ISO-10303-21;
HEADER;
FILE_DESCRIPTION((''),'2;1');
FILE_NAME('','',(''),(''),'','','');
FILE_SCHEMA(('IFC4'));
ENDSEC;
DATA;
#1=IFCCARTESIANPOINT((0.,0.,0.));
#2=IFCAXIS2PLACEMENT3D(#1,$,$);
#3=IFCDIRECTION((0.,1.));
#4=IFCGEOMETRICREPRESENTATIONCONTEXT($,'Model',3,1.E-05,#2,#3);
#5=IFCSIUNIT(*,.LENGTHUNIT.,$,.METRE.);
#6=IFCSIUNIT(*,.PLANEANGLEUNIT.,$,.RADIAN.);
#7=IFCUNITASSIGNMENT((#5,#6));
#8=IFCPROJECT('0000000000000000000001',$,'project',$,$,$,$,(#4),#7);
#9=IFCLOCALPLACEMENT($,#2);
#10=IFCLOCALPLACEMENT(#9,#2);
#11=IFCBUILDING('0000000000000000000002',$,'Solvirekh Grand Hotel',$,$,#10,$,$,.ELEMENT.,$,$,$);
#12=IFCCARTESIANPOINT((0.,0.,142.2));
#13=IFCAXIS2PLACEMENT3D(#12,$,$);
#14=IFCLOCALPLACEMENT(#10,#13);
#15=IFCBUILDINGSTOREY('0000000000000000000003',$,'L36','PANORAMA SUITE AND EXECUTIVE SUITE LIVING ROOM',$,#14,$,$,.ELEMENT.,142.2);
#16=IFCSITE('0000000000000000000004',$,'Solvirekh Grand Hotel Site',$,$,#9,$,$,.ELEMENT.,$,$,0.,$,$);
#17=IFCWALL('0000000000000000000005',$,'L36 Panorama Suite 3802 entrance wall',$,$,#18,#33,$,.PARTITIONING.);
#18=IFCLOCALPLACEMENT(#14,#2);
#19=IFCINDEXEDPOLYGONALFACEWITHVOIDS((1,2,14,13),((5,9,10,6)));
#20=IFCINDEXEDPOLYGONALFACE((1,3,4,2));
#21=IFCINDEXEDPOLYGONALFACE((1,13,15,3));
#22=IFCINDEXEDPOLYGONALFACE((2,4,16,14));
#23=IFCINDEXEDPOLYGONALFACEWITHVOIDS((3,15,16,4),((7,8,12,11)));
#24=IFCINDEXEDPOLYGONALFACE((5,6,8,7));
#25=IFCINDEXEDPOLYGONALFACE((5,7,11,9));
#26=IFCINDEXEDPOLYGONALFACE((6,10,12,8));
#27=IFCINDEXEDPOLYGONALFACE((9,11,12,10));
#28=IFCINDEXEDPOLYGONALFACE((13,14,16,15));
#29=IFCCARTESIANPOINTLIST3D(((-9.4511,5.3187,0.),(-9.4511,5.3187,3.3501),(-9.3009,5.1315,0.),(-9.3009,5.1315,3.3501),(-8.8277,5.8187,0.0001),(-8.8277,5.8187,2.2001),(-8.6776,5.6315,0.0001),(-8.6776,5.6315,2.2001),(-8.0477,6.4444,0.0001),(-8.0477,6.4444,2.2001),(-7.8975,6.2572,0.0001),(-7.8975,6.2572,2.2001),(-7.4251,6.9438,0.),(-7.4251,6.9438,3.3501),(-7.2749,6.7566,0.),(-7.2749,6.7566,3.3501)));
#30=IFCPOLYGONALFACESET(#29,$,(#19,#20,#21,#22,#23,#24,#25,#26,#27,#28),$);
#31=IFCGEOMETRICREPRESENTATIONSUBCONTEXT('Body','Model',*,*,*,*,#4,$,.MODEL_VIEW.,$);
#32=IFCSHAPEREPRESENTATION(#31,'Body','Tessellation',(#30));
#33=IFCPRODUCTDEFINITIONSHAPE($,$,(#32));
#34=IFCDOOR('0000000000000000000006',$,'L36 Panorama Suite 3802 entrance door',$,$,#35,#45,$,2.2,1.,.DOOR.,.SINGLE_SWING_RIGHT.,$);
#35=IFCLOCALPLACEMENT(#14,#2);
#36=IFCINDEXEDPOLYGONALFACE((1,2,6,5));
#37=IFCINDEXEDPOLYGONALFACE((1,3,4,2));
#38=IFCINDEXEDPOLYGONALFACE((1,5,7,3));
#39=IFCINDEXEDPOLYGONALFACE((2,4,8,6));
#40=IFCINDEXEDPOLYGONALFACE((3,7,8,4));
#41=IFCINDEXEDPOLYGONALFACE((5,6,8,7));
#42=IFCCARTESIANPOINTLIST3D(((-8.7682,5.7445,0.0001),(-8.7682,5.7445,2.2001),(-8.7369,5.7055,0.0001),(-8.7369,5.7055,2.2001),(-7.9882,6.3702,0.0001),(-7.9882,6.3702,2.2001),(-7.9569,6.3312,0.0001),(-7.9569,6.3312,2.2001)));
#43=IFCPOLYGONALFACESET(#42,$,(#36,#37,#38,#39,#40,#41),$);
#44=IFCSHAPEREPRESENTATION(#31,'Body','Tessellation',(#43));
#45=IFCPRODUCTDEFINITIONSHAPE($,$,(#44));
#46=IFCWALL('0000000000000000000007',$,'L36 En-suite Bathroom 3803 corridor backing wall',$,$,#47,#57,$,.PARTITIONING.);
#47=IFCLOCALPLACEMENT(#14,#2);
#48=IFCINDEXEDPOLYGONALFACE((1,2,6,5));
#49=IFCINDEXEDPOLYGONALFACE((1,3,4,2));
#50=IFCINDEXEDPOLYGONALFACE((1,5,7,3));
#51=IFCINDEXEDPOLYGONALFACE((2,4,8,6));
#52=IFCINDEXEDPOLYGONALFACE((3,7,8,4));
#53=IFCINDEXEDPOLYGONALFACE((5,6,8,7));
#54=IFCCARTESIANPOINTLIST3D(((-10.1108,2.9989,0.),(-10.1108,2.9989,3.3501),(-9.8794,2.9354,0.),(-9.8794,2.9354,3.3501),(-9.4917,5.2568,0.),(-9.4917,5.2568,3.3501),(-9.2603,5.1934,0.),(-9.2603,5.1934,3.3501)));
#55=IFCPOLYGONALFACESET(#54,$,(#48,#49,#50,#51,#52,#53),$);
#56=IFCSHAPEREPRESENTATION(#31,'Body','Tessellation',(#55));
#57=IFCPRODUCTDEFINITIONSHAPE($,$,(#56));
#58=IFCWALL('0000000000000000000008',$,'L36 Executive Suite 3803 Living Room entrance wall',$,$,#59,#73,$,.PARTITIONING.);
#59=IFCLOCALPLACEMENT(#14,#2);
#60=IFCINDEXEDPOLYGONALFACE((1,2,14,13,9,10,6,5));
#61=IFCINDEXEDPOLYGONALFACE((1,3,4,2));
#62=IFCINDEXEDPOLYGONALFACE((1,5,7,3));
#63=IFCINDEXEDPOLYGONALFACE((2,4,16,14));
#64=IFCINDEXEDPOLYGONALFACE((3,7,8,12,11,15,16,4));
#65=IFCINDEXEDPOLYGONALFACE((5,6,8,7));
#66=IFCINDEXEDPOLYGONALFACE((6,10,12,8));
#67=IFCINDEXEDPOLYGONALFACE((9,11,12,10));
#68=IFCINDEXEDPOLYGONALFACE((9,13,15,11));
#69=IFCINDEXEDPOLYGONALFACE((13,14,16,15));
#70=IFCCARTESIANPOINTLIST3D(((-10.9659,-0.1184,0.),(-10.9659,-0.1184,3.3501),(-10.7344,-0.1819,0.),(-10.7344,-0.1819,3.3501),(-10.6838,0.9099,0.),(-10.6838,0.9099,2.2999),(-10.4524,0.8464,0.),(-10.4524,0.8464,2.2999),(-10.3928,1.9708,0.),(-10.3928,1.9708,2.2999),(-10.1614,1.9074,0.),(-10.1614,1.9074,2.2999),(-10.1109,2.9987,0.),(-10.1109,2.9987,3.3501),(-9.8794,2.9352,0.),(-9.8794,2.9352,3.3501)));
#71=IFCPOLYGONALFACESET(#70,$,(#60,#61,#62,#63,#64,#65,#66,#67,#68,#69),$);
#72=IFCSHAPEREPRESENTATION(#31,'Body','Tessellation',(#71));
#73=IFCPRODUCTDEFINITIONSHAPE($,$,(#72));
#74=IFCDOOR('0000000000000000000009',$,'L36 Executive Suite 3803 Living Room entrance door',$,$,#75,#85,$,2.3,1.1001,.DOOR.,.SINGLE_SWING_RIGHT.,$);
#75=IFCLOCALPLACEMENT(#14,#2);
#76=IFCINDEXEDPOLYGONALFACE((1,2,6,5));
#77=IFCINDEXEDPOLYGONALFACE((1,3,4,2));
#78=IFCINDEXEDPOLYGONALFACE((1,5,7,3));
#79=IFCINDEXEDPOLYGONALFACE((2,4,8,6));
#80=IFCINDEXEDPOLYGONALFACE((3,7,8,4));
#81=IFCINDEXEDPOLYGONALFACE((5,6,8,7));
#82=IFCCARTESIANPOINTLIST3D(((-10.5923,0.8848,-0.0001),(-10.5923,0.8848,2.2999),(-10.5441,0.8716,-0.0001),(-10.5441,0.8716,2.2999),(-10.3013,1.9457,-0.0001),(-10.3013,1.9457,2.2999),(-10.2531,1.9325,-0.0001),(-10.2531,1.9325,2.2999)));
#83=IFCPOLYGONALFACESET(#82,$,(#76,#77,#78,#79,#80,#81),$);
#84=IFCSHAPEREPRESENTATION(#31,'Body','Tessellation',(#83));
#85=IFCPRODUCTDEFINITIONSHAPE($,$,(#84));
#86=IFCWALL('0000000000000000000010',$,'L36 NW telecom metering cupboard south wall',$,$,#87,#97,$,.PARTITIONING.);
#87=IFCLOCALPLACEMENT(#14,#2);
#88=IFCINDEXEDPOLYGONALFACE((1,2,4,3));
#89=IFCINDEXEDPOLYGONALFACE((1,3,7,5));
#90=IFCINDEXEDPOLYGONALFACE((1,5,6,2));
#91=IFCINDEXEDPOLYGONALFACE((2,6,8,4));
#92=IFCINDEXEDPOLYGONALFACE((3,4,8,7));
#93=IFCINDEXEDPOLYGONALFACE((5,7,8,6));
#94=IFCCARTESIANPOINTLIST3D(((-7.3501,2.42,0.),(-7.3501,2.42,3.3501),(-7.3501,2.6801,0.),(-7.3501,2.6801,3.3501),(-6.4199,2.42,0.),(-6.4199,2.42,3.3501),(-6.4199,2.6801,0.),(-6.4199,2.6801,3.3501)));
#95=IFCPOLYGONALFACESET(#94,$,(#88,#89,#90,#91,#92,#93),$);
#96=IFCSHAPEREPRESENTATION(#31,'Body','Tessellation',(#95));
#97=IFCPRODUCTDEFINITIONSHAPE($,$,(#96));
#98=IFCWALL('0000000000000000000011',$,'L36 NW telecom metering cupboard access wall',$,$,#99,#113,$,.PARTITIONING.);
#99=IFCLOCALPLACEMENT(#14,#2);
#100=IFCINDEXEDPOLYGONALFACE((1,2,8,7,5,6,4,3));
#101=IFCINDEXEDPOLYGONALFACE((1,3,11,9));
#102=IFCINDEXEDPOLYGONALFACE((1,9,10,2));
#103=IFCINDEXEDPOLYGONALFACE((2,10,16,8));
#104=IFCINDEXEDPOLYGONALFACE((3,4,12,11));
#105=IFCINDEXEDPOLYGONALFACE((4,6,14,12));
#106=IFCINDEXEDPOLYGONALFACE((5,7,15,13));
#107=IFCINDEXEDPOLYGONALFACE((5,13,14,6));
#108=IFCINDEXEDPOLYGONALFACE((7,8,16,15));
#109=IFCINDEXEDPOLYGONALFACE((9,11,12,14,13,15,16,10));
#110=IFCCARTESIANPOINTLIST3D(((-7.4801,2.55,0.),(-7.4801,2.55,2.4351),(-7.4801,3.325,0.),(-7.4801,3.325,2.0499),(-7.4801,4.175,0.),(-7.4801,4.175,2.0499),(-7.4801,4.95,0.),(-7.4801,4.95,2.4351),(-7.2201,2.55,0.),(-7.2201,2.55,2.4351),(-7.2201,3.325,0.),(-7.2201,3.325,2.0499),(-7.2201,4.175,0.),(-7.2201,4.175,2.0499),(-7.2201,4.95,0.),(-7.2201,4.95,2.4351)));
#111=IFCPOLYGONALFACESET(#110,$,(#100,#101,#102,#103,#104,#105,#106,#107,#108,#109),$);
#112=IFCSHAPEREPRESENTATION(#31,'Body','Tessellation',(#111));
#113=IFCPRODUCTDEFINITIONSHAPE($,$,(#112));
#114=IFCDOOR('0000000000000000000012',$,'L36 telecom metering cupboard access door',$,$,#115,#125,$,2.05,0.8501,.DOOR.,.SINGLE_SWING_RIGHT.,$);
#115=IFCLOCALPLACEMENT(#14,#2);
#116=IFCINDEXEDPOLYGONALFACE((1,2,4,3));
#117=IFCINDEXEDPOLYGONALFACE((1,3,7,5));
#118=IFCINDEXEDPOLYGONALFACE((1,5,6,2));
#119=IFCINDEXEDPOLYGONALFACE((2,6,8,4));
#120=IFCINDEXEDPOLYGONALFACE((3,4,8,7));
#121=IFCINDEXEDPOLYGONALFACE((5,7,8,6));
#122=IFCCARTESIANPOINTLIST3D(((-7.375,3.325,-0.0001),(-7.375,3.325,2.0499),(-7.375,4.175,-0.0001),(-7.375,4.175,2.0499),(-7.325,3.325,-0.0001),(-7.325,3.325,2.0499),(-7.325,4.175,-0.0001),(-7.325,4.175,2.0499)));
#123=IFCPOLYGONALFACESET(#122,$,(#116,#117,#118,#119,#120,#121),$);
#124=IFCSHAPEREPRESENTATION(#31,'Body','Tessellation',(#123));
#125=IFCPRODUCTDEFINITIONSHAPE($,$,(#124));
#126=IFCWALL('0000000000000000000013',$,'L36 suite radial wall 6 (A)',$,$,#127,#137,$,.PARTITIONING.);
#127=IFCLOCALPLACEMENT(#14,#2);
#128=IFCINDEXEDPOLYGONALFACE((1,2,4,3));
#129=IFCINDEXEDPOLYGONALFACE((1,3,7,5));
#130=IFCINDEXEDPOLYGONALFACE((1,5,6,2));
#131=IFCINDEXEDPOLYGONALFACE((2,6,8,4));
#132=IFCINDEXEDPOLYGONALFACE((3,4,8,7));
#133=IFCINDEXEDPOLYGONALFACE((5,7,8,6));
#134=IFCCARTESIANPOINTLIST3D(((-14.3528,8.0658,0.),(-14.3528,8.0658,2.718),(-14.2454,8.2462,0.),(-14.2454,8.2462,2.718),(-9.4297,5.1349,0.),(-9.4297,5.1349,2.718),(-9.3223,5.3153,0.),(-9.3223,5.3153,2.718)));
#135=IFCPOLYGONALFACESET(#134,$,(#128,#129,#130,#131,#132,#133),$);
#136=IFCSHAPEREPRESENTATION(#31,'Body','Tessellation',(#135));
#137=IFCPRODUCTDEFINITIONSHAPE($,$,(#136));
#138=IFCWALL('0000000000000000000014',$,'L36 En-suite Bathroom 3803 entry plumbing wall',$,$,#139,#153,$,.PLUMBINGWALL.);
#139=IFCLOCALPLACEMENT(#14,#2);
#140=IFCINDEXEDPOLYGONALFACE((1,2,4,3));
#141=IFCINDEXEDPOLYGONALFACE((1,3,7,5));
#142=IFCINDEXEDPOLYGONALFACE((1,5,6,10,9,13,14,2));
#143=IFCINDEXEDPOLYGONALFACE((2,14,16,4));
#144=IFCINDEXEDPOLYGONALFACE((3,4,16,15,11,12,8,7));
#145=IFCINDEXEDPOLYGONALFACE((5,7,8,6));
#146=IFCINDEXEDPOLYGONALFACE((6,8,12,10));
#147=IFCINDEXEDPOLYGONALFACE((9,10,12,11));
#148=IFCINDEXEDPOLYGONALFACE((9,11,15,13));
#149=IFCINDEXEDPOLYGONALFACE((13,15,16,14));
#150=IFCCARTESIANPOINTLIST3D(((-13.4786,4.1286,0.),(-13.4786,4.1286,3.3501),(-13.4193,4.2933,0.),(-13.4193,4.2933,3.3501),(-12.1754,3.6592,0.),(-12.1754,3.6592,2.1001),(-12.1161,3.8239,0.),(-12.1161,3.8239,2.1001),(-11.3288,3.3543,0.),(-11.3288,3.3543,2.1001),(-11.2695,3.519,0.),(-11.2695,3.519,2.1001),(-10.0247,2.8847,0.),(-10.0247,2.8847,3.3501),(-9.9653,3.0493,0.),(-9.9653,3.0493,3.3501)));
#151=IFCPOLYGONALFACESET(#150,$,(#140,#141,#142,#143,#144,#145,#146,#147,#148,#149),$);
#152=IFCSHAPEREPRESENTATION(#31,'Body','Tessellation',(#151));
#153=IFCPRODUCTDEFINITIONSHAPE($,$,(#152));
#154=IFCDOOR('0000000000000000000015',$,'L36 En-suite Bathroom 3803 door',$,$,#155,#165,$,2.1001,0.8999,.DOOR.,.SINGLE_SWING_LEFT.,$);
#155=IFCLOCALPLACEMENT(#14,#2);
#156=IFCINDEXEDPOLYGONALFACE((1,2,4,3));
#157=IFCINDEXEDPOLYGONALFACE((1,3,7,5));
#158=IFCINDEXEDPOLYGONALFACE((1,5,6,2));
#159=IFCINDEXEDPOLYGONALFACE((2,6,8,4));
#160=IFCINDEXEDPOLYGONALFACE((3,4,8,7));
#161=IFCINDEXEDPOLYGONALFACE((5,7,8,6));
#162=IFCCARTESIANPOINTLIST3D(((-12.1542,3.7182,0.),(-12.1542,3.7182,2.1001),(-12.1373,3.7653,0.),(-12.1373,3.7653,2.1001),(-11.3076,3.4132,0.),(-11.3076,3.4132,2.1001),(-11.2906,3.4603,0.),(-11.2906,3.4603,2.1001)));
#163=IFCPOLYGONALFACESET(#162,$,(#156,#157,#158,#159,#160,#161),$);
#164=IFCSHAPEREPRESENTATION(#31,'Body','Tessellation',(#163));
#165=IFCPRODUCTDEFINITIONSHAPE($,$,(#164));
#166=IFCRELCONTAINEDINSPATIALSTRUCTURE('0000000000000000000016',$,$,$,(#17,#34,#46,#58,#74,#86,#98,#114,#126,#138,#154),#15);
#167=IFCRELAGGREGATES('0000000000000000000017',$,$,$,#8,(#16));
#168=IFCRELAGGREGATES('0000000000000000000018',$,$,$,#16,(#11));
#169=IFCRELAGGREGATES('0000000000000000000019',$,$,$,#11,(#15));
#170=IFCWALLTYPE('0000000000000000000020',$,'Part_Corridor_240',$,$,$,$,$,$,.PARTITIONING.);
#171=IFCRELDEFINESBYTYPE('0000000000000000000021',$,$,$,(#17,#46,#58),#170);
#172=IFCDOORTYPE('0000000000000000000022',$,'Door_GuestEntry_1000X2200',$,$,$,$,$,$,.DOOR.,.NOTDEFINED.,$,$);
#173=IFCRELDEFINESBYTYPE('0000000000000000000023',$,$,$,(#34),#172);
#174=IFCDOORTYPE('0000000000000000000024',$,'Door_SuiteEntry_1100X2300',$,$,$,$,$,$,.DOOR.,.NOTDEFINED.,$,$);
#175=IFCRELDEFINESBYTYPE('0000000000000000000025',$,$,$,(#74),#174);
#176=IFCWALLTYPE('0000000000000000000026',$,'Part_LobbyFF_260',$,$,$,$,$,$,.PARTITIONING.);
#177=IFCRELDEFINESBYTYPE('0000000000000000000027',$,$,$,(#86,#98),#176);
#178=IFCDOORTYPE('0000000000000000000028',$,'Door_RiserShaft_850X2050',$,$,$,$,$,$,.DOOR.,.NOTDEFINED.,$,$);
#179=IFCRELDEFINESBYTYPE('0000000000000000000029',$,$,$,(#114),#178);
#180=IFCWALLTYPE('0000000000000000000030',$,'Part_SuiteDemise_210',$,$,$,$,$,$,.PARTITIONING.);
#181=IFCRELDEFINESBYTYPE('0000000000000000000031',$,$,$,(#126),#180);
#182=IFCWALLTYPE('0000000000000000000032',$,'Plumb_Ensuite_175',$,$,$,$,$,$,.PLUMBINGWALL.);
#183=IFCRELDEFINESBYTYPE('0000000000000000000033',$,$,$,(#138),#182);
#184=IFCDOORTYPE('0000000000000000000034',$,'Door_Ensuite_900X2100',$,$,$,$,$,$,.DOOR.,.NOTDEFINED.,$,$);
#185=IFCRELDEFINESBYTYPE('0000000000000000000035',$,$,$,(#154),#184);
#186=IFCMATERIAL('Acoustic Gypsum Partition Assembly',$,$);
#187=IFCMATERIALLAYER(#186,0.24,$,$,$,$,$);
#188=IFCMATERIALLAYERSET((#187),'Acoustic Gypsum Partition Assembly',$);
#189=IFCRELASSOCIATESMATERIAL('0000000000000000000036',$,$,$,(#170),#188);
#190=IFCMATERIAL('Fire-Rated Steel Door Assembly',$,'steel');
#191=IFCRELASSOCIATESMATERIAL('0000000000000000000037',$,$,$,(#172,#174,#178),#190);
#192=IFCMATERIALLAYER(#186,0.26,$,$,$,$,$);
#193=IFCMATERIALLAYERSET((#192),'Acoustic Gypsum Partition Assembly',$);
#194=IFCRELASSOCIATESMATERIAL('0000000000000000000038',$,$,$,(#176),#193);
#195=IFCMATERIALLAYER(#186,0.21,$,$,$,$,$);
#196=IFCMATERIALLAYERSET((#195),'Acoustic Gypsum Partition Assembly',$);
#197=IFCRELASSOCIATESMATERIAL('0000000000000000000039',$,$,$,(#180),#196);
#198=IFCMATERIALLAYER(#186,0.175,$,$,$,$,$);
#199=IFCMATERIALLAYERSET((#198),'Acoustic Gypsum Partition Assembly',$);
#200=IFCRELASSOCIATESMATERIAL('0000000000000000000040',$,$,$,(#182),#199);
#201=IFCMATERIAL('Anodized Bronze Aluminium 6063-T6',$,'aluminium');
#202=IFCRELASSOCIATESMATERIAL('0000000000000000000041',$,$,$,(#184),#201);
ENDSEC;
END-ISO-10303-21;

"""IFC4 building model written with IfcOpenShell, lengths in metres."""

from ifc_helpers import new_model, si_unit, direction, frame, frame_2d, origin, place, context, subcontext, project, spatial, rectangle, extrude, material, layer, layer_set, type_object, element, fill, save


model = new_model("IFC4")

# Units and contexts
model_context = context("Model", 3, precision=1e-05, world=origin(), true_north=direction((0.0, 1.0)))
body_context = subcontext(model_context, "Body", "Model", "MODEL_VIEW")
ifc_project = project(units=[si_unit("LENGTHUNIT", "METRE"), si_unit("PLANEANGLEUNIT", "RADIAN")], contexts=[model_context])

# Site, building, storey
site_placement = place(None, origin())
site = spatial("IfcSite", under=ifc_project, at=site_placement, Name="Solvirekh Grand Hotel Site", CompositionType="ELEMENT", RefElevation=0.0)
building_placement = place(site_placement, origin())
building = spatial("IfcBuilding", under=site, at=building_placement, Name="Solvirekh Grand Hotel", CompositionType="ELEMENT")
storey_placement = place(building_placement, frame((0.0, 0.0, 142.2)))
storey = spatial("IfcBuildingStorey", under=building, at=storey_placement, Name="L36", Description="PANORAMA SUITE AND EXECUTIVE SUITE LIVING ROOM", CompositionType="ELEMENT", Elevation=142.2)

# Shared definitions
ifc_material_1 = material(Name="Anodized Bronze Aluminium 6063-T6", Category="aluminium")

# Wall, opening, door
ifc_material_2 = material(Name="Acoustic Gypsum Partition Assembly")
ifc_layer_1 = layer(ifc_material_2, 0.24)
ifc_layer_set_1 = layer_set([ifc_layer_1], Name="Acoustic Gypsum Partition Assembly")
wall_type_1 = type_object("IfcWallType", Name="Part_Corridor_240", PredefinedType="PARTITIONING", material=ifc_layer_set_1)
wall_1_placement = place(storey_placement, frame((-9.376, 5.2251, 0.0), z_axis=(0.0, 0.0, 1.0), x_axis=(0.780061, 0.625703, 0.0)))
wall_1 = element("IfcWall", 1, at=wall_1_placement, inside=storey, type_object=wall_type_1, Name="L36 Panorama Suite 3802 entrance wall", PredefinedType="PARTITIONING", context=body_context, shape_type="SweptSolid", body=[
    extrude(rectangle(XDim=2.5972, YDim=0.24, at=frame_2d((1.2986, 0.0))), origin(), (0.0, 0.0, 1.0), 3.3501),
])
opening_1_placement = place(wall_1_placement, frame((0.7991, 0.0, 0.0)))
opening_1 = element("IfcOpeningElement", 2, at=opening_1_placement, cuts=wall_1, PredefinedType="OPENING", context=body_context, shape_type="SweptSolid", body=[
    extrude(rectangle(XDim=1.0, YDim=2.2, at=frame_2d((0.5, 1.1001))), frame((0.0, 0.1299, 0.0), z_axis=(0.0, -1.0, 0.0), x_axis=(1.0, 0.0, 0.0)), (0.0, 0.0, 1.0), 0.26),
])
ifc_material_3 = material(Name="Fire-Rated Steel Door Assembly", Category="steel")
door_type_1 = type_object("IfcDoorType", Name="Door_GuestEntry_1000X2200", OperationType="NOTDEFINED", PredefinedType="DOOR", material=ifc_material_3)
door_1_placement = place(opening_1_placement, origin())
door_1 = element("IfcDoor", 3, at=door_1_placement, inside=storey, type_object=door_type_1, Name="L36 Panorama Suite 3802 entrance door", OperationType="SINGLE_SWING_RIGHT", OverallHeight=2.2, OverallWidth=1.0, PredefinedType="DOOR", context=body_context, shape_type="SweptSolid", body=[
    extrude(rectangle(XDim=1.0, YDim=2.2, at=frame_2d((0.5, 1.1001))), frame((0.0, 0.0249, 0.0), z_axis=(0.0, -1.0, 0.0), x_axis=(1.0, 0.0, 0.0)), (0.0, 0.0, 1.0), 0.05),
])
fill(opening_1, door_1)

# Wall
wall_2_placement = place(storey_placement, frame((-9.376, 5.2251, 0.0), z_axis=(0.0, 0.0, 1.0), x_axis=(-0.264432, -0.964404, 0.0)))
element("IfcWall", 4, at=wall_2_placement, inside=storey, type_object=wall_type_1, Name="L36 En-suite Bathroom 3803 corridor backing wall", PredefinedType="PARTITIONING", context=body_context, shape_type="SweptSolid", body=[
    extrude(rectangle(XDim=2.3413, YDim=0.24, at=frame_2d((1.1707, 0.0))), origin(), (0.0, 0.0, 1.0), 3.3501),
])

# Wall, opening, door
wall_3_placement = place(storey_placement, frame((-9.9951, 2.967, 0.0), z_axis=(0.0, 0.0, 1.0), x_axis=(-0.26453, -0.964378, 0.0)))
wall_3 = element("IfcWall", 5, at=wall_3_placement, inside=storey, type_object=wall_type_1, Name="L36 Executive Suite 3803 Living Room entrance wall", PredefinedType="PARTITIONING", context=body_context, shape_type="SweptSolid", body=[
    extrude(rectangle(XDim=3.2322, YDim=0.24, at=frame_2d((1.6162, 0.0))), origin(), (0.0, 0.0, 1.0), 3.3501),
])
opening_2_placement = place(wall_3_placement, frame((1.0659, 0.0, 0.0)))
opening_2 = element("IfcOpeningElement", 6, at=opening_2_placement, cuts=wall_3, PredefinedType="OPENING", context=body_context, shape_type="SweptSolid", body=[
    extrude(rectangle(XDim=1.1001, YDim=2.3, at=frame_2d((0.55, 1.1499))), frame((0.0, 0.1299, 0.0), z_axis=(0.0, -1.0, 0.0), x_axis=(1.0, 0.0, 0.0)), (0.0, 0.0, 1.0), 0.26),
])
door_type_2 = type_object("IfcDoorType", Name="Door_SuiteEntry_1100X2300", OperationType="NOTDEFINED", PredefinedType="DOOR", material=ifc_material_3)
door_2_placement = place(opening_2_placement, origin())
door_2 = element("IfcDoor", 7, at=door_2_placement, inside=storey, type_object=door_type_2, Name="L36 Executive Suite 3803 Living Room entrance door", OperationType="SINGLE_SWING_RIGHT", OverallHeight=2.3, OverallWidth=1.1001, PredefinedType="DOOR", context=body_context, shape_type="SweptSolid", body=[
    extrude(rectangle(XDim=1.1001, YDim=2.3, at=frame_2d((0.55, 1.1499))), frame((0.0, 0.0249, 0.0), z_axis=(0.0, -1.0, 0.0), x_axis=(1.0, 0.0, 0.0)), (0.0, 0.0, 1.0), 0.05),
])
fill(opening_2, door_2)

# Wall
ifc_layer_2 = layer(ifc_material_2, 0.26)
ifc_layer_set_2 = layer_set([ifc_layer_2], Name="Acoustic Gypsum Partition Assembly")
wall_type_2 = type_object("IfcWallType", Name="Part_LobbyFF_260", PredefinedType="PARTITIONING", material=ifc_layer_set_2)
wall_4_placement = place(storey_placement, frame((-7.3501, 2.55, 0.0), z_axis=(0.0, 0.0, 1.0), x_axis=(1.0, 0.0, 0.0)))
element("IfcWall", 8, at=wall_4_placement, inside=storey, type_object=wall_type_2, Name="L36 NW telecom metering cupboard south wall", PredefinedType="PARTITIONING", context=body_context, shape_type="SweptSolid", body=[
    extrude(rectangle(XDim=0.9302, YDim=0.26, at=frame_2d((0.4651, 0.0))), origin(), (0.0, 0.0, 1.0), 3.3501),
])

# Wall, opening, door
wall_5_placement = place(storey_placement, frame((-7.3501, 2.55, 0.0), z_axis=(0.0, 0.0, 1.0), x_axis=(0.0, 1.0, 0.0)))
wall_5 = element("IfcWall", 9, at=wall_5_placement, inside=storey, type_object=wall_type_2, Name="L36 NW telecom metering cupboard access wall", PredefinedType="PARTITIONING", context=body_context, shape_type="SweptSolid", body=[
    extrude(rectangle(XDim=2.3999, YDim=0.26, at=frame_2d((1.2, 0.0))), origin(), (0.0, 0.0, 1.0), 2.4351),
])
opening_3_placement = place(wall_5_placement, frame((0.7749, 0.0, 0.0)))
opening_3 = element("IfcOpeningElement", 10, at=opening_3_placement, cuts=wall_5, PredefinedType="OPENING", context=body_context, shape_type="SweptSolid", body=[
    extrude(rectangle(XDim=0.8501, YDim=2.05, at=frame_2d((0.425, 1.0249))), frame((0.0, 0.1401, 0.0), z_axis=(0.0, -1.0, 0.0), x_axis=(1.0, 0.0, 0.0)), (0.0, 0.0, 1.0), 0.28),
])
door_type_3 = type_object("IfcDoorType", Name="Door_RiserShaft_850X2050", OperationType="NOTDEFINED", PredefinedType="DOOR", material=ifc_material_3)
door_3_placement = place(opening_3_placement, origin())
door_3 = element("IfcDoor", 11, at=door_3_placement, inside=storey, type_object=door_type_3, Name="L36 telecom metering cupboard access door", OperationType="SINGLE_SWING_RIGHT", OverallHeight=2.05, OverallWidth=0.8501, PredefinedType="DOOR", context=body_context, shape_type="SweptSolid", body=[
    extrude(rectangle(XDim=0.8501, YDim=2.05, at=frame_2d((0.425, 1.0249))), frame((0.0, 0.0249, 0.0), z_axis=(0.0, -1.0, 0.0), x_axis=(1.0, 0.0, 0.0)), (0.0, 0.0, 1.0), 0.05),
])
fill(opening_3, door_3)

# Wall
ifc_layer_3 = layer(ifc_material_2, 0.21)
ifc_layer_set_3 = layer_set([ifc_layer_3], Name="Acoustic Gypsum Partition Assembly")
wall_type_3 = type_object("IfcWallType", Name="Part_SuiteDemise_210", PredefinedType="PARTITIONING", material=ifc_layer_set_3)
wall_6_placement = place(storey_placement, frame((-9.376, 5.2251, 0.0), z_axis=(0.0, 0.0, 1.0), x_axis=(-0.859255, 0.511548, 0.0)))
element("IfcWall", 12, at=wall_6_placement, inside=storey, type_object=wall_type_3, Name="L36 suite radial wall 6 (A)", PredefinedType="PARTITIONING", context=body_context, shape_type="SweptSolid", body=[
    extrude(rectangle(XDim=5.7295, YDim=0.21, at=frame_2d((2.8647, 0.0))), origin(), (0.0, 0.0, 1.0), 2.718),
])

# Wall, opening, door
ifc_layer_4 = layer(ifc_material_2, 0.175)
ifc_layer_set_4 = layer_set([ifc_layer_4], Name="Acoustic Gypsum Partition Assembly")
wall_type_4 = type_object("IfcWallType", Name="Plumb_Ensuite_175", PredefinedType="PLUMBINGWALL", material=ifc_layer_set_4)
wall_7_placement = place(storey_placement, frame((-9.9951, 2.967, 0.0), z_axis=(0.0, 0.0, 1.0), x_axis=(-0.940843, 0.338842, 0.0)))
wall_7 = element("IfcWall", 13, at=wall_7_placement, inside=storey, type_object=wall_type_4, Name="L36 En-suite Bathroom 3803 entry plumbing wall", PredefinedType="PLUMBINGWALL", context=body_context, shape_type="SweptSolid", body=[
    extrude(rectangle(XDim=3.6711, YDim=0.175, at=frame_2d((1.8354, 0.0))), origin(), (0.0, 0.0, 1.0), 3.3501),
])
opening_4_placement = place(wall_7_placement, frame((1.386, 0.0, 0.0)))
opening_4 = element("IfcOpeningElement", 14, at=opening_4_placement, cuts=wall_7, PredefinedType="OPENING", context=body_context, shape_type="SweptSolid", body=[
    extrude(rectangle(XDim=0.8999, YDim=2.1001, at=frame_2d((0.45, 1.05))), frame((0.0, 0.0977, 0.0), z_axis=(0.0, -1.0, 0.0), x_axis=(1.0, 0.0, 0.0)), (0.0, 0.0, 1.0), 0.1951),
])
door_type_4 = type_object("IfcDoorType", Name="Door_Ensuite_900X2100", OperationType="NOTDEFINED", PredefinedType="DOOR", material=ifc_material_1)
door_4_placement = place(opening_4_placement, origin())
door_4 = element("IfcDoor", 15, at=door_4_placement, inside=storey, type_object=door_type_4, Name="L36 En-suite Bathroom 3803 door", OperationType="SINGLE_SWING_LEFT", OverallHeight=2.1001, OverallWidth=0.8999, PredefinedType="DOOR", context=body_context, shape_type="SweptSolid", body=[
    extrude(rectangle(XDim=0.8999, YDim=2.1001, at=frame_2d((0.45, 1.05))), frame((0.0, 0.0249, 0.0), z_axis=(0.0, -1.0, 0.0), x_axis=(1.0, 0.0, 0.0)), (0.0, 0.0, 1.0), 0.05),
])
fill(opening_4, door_4)

save(model, "model.ifc")
